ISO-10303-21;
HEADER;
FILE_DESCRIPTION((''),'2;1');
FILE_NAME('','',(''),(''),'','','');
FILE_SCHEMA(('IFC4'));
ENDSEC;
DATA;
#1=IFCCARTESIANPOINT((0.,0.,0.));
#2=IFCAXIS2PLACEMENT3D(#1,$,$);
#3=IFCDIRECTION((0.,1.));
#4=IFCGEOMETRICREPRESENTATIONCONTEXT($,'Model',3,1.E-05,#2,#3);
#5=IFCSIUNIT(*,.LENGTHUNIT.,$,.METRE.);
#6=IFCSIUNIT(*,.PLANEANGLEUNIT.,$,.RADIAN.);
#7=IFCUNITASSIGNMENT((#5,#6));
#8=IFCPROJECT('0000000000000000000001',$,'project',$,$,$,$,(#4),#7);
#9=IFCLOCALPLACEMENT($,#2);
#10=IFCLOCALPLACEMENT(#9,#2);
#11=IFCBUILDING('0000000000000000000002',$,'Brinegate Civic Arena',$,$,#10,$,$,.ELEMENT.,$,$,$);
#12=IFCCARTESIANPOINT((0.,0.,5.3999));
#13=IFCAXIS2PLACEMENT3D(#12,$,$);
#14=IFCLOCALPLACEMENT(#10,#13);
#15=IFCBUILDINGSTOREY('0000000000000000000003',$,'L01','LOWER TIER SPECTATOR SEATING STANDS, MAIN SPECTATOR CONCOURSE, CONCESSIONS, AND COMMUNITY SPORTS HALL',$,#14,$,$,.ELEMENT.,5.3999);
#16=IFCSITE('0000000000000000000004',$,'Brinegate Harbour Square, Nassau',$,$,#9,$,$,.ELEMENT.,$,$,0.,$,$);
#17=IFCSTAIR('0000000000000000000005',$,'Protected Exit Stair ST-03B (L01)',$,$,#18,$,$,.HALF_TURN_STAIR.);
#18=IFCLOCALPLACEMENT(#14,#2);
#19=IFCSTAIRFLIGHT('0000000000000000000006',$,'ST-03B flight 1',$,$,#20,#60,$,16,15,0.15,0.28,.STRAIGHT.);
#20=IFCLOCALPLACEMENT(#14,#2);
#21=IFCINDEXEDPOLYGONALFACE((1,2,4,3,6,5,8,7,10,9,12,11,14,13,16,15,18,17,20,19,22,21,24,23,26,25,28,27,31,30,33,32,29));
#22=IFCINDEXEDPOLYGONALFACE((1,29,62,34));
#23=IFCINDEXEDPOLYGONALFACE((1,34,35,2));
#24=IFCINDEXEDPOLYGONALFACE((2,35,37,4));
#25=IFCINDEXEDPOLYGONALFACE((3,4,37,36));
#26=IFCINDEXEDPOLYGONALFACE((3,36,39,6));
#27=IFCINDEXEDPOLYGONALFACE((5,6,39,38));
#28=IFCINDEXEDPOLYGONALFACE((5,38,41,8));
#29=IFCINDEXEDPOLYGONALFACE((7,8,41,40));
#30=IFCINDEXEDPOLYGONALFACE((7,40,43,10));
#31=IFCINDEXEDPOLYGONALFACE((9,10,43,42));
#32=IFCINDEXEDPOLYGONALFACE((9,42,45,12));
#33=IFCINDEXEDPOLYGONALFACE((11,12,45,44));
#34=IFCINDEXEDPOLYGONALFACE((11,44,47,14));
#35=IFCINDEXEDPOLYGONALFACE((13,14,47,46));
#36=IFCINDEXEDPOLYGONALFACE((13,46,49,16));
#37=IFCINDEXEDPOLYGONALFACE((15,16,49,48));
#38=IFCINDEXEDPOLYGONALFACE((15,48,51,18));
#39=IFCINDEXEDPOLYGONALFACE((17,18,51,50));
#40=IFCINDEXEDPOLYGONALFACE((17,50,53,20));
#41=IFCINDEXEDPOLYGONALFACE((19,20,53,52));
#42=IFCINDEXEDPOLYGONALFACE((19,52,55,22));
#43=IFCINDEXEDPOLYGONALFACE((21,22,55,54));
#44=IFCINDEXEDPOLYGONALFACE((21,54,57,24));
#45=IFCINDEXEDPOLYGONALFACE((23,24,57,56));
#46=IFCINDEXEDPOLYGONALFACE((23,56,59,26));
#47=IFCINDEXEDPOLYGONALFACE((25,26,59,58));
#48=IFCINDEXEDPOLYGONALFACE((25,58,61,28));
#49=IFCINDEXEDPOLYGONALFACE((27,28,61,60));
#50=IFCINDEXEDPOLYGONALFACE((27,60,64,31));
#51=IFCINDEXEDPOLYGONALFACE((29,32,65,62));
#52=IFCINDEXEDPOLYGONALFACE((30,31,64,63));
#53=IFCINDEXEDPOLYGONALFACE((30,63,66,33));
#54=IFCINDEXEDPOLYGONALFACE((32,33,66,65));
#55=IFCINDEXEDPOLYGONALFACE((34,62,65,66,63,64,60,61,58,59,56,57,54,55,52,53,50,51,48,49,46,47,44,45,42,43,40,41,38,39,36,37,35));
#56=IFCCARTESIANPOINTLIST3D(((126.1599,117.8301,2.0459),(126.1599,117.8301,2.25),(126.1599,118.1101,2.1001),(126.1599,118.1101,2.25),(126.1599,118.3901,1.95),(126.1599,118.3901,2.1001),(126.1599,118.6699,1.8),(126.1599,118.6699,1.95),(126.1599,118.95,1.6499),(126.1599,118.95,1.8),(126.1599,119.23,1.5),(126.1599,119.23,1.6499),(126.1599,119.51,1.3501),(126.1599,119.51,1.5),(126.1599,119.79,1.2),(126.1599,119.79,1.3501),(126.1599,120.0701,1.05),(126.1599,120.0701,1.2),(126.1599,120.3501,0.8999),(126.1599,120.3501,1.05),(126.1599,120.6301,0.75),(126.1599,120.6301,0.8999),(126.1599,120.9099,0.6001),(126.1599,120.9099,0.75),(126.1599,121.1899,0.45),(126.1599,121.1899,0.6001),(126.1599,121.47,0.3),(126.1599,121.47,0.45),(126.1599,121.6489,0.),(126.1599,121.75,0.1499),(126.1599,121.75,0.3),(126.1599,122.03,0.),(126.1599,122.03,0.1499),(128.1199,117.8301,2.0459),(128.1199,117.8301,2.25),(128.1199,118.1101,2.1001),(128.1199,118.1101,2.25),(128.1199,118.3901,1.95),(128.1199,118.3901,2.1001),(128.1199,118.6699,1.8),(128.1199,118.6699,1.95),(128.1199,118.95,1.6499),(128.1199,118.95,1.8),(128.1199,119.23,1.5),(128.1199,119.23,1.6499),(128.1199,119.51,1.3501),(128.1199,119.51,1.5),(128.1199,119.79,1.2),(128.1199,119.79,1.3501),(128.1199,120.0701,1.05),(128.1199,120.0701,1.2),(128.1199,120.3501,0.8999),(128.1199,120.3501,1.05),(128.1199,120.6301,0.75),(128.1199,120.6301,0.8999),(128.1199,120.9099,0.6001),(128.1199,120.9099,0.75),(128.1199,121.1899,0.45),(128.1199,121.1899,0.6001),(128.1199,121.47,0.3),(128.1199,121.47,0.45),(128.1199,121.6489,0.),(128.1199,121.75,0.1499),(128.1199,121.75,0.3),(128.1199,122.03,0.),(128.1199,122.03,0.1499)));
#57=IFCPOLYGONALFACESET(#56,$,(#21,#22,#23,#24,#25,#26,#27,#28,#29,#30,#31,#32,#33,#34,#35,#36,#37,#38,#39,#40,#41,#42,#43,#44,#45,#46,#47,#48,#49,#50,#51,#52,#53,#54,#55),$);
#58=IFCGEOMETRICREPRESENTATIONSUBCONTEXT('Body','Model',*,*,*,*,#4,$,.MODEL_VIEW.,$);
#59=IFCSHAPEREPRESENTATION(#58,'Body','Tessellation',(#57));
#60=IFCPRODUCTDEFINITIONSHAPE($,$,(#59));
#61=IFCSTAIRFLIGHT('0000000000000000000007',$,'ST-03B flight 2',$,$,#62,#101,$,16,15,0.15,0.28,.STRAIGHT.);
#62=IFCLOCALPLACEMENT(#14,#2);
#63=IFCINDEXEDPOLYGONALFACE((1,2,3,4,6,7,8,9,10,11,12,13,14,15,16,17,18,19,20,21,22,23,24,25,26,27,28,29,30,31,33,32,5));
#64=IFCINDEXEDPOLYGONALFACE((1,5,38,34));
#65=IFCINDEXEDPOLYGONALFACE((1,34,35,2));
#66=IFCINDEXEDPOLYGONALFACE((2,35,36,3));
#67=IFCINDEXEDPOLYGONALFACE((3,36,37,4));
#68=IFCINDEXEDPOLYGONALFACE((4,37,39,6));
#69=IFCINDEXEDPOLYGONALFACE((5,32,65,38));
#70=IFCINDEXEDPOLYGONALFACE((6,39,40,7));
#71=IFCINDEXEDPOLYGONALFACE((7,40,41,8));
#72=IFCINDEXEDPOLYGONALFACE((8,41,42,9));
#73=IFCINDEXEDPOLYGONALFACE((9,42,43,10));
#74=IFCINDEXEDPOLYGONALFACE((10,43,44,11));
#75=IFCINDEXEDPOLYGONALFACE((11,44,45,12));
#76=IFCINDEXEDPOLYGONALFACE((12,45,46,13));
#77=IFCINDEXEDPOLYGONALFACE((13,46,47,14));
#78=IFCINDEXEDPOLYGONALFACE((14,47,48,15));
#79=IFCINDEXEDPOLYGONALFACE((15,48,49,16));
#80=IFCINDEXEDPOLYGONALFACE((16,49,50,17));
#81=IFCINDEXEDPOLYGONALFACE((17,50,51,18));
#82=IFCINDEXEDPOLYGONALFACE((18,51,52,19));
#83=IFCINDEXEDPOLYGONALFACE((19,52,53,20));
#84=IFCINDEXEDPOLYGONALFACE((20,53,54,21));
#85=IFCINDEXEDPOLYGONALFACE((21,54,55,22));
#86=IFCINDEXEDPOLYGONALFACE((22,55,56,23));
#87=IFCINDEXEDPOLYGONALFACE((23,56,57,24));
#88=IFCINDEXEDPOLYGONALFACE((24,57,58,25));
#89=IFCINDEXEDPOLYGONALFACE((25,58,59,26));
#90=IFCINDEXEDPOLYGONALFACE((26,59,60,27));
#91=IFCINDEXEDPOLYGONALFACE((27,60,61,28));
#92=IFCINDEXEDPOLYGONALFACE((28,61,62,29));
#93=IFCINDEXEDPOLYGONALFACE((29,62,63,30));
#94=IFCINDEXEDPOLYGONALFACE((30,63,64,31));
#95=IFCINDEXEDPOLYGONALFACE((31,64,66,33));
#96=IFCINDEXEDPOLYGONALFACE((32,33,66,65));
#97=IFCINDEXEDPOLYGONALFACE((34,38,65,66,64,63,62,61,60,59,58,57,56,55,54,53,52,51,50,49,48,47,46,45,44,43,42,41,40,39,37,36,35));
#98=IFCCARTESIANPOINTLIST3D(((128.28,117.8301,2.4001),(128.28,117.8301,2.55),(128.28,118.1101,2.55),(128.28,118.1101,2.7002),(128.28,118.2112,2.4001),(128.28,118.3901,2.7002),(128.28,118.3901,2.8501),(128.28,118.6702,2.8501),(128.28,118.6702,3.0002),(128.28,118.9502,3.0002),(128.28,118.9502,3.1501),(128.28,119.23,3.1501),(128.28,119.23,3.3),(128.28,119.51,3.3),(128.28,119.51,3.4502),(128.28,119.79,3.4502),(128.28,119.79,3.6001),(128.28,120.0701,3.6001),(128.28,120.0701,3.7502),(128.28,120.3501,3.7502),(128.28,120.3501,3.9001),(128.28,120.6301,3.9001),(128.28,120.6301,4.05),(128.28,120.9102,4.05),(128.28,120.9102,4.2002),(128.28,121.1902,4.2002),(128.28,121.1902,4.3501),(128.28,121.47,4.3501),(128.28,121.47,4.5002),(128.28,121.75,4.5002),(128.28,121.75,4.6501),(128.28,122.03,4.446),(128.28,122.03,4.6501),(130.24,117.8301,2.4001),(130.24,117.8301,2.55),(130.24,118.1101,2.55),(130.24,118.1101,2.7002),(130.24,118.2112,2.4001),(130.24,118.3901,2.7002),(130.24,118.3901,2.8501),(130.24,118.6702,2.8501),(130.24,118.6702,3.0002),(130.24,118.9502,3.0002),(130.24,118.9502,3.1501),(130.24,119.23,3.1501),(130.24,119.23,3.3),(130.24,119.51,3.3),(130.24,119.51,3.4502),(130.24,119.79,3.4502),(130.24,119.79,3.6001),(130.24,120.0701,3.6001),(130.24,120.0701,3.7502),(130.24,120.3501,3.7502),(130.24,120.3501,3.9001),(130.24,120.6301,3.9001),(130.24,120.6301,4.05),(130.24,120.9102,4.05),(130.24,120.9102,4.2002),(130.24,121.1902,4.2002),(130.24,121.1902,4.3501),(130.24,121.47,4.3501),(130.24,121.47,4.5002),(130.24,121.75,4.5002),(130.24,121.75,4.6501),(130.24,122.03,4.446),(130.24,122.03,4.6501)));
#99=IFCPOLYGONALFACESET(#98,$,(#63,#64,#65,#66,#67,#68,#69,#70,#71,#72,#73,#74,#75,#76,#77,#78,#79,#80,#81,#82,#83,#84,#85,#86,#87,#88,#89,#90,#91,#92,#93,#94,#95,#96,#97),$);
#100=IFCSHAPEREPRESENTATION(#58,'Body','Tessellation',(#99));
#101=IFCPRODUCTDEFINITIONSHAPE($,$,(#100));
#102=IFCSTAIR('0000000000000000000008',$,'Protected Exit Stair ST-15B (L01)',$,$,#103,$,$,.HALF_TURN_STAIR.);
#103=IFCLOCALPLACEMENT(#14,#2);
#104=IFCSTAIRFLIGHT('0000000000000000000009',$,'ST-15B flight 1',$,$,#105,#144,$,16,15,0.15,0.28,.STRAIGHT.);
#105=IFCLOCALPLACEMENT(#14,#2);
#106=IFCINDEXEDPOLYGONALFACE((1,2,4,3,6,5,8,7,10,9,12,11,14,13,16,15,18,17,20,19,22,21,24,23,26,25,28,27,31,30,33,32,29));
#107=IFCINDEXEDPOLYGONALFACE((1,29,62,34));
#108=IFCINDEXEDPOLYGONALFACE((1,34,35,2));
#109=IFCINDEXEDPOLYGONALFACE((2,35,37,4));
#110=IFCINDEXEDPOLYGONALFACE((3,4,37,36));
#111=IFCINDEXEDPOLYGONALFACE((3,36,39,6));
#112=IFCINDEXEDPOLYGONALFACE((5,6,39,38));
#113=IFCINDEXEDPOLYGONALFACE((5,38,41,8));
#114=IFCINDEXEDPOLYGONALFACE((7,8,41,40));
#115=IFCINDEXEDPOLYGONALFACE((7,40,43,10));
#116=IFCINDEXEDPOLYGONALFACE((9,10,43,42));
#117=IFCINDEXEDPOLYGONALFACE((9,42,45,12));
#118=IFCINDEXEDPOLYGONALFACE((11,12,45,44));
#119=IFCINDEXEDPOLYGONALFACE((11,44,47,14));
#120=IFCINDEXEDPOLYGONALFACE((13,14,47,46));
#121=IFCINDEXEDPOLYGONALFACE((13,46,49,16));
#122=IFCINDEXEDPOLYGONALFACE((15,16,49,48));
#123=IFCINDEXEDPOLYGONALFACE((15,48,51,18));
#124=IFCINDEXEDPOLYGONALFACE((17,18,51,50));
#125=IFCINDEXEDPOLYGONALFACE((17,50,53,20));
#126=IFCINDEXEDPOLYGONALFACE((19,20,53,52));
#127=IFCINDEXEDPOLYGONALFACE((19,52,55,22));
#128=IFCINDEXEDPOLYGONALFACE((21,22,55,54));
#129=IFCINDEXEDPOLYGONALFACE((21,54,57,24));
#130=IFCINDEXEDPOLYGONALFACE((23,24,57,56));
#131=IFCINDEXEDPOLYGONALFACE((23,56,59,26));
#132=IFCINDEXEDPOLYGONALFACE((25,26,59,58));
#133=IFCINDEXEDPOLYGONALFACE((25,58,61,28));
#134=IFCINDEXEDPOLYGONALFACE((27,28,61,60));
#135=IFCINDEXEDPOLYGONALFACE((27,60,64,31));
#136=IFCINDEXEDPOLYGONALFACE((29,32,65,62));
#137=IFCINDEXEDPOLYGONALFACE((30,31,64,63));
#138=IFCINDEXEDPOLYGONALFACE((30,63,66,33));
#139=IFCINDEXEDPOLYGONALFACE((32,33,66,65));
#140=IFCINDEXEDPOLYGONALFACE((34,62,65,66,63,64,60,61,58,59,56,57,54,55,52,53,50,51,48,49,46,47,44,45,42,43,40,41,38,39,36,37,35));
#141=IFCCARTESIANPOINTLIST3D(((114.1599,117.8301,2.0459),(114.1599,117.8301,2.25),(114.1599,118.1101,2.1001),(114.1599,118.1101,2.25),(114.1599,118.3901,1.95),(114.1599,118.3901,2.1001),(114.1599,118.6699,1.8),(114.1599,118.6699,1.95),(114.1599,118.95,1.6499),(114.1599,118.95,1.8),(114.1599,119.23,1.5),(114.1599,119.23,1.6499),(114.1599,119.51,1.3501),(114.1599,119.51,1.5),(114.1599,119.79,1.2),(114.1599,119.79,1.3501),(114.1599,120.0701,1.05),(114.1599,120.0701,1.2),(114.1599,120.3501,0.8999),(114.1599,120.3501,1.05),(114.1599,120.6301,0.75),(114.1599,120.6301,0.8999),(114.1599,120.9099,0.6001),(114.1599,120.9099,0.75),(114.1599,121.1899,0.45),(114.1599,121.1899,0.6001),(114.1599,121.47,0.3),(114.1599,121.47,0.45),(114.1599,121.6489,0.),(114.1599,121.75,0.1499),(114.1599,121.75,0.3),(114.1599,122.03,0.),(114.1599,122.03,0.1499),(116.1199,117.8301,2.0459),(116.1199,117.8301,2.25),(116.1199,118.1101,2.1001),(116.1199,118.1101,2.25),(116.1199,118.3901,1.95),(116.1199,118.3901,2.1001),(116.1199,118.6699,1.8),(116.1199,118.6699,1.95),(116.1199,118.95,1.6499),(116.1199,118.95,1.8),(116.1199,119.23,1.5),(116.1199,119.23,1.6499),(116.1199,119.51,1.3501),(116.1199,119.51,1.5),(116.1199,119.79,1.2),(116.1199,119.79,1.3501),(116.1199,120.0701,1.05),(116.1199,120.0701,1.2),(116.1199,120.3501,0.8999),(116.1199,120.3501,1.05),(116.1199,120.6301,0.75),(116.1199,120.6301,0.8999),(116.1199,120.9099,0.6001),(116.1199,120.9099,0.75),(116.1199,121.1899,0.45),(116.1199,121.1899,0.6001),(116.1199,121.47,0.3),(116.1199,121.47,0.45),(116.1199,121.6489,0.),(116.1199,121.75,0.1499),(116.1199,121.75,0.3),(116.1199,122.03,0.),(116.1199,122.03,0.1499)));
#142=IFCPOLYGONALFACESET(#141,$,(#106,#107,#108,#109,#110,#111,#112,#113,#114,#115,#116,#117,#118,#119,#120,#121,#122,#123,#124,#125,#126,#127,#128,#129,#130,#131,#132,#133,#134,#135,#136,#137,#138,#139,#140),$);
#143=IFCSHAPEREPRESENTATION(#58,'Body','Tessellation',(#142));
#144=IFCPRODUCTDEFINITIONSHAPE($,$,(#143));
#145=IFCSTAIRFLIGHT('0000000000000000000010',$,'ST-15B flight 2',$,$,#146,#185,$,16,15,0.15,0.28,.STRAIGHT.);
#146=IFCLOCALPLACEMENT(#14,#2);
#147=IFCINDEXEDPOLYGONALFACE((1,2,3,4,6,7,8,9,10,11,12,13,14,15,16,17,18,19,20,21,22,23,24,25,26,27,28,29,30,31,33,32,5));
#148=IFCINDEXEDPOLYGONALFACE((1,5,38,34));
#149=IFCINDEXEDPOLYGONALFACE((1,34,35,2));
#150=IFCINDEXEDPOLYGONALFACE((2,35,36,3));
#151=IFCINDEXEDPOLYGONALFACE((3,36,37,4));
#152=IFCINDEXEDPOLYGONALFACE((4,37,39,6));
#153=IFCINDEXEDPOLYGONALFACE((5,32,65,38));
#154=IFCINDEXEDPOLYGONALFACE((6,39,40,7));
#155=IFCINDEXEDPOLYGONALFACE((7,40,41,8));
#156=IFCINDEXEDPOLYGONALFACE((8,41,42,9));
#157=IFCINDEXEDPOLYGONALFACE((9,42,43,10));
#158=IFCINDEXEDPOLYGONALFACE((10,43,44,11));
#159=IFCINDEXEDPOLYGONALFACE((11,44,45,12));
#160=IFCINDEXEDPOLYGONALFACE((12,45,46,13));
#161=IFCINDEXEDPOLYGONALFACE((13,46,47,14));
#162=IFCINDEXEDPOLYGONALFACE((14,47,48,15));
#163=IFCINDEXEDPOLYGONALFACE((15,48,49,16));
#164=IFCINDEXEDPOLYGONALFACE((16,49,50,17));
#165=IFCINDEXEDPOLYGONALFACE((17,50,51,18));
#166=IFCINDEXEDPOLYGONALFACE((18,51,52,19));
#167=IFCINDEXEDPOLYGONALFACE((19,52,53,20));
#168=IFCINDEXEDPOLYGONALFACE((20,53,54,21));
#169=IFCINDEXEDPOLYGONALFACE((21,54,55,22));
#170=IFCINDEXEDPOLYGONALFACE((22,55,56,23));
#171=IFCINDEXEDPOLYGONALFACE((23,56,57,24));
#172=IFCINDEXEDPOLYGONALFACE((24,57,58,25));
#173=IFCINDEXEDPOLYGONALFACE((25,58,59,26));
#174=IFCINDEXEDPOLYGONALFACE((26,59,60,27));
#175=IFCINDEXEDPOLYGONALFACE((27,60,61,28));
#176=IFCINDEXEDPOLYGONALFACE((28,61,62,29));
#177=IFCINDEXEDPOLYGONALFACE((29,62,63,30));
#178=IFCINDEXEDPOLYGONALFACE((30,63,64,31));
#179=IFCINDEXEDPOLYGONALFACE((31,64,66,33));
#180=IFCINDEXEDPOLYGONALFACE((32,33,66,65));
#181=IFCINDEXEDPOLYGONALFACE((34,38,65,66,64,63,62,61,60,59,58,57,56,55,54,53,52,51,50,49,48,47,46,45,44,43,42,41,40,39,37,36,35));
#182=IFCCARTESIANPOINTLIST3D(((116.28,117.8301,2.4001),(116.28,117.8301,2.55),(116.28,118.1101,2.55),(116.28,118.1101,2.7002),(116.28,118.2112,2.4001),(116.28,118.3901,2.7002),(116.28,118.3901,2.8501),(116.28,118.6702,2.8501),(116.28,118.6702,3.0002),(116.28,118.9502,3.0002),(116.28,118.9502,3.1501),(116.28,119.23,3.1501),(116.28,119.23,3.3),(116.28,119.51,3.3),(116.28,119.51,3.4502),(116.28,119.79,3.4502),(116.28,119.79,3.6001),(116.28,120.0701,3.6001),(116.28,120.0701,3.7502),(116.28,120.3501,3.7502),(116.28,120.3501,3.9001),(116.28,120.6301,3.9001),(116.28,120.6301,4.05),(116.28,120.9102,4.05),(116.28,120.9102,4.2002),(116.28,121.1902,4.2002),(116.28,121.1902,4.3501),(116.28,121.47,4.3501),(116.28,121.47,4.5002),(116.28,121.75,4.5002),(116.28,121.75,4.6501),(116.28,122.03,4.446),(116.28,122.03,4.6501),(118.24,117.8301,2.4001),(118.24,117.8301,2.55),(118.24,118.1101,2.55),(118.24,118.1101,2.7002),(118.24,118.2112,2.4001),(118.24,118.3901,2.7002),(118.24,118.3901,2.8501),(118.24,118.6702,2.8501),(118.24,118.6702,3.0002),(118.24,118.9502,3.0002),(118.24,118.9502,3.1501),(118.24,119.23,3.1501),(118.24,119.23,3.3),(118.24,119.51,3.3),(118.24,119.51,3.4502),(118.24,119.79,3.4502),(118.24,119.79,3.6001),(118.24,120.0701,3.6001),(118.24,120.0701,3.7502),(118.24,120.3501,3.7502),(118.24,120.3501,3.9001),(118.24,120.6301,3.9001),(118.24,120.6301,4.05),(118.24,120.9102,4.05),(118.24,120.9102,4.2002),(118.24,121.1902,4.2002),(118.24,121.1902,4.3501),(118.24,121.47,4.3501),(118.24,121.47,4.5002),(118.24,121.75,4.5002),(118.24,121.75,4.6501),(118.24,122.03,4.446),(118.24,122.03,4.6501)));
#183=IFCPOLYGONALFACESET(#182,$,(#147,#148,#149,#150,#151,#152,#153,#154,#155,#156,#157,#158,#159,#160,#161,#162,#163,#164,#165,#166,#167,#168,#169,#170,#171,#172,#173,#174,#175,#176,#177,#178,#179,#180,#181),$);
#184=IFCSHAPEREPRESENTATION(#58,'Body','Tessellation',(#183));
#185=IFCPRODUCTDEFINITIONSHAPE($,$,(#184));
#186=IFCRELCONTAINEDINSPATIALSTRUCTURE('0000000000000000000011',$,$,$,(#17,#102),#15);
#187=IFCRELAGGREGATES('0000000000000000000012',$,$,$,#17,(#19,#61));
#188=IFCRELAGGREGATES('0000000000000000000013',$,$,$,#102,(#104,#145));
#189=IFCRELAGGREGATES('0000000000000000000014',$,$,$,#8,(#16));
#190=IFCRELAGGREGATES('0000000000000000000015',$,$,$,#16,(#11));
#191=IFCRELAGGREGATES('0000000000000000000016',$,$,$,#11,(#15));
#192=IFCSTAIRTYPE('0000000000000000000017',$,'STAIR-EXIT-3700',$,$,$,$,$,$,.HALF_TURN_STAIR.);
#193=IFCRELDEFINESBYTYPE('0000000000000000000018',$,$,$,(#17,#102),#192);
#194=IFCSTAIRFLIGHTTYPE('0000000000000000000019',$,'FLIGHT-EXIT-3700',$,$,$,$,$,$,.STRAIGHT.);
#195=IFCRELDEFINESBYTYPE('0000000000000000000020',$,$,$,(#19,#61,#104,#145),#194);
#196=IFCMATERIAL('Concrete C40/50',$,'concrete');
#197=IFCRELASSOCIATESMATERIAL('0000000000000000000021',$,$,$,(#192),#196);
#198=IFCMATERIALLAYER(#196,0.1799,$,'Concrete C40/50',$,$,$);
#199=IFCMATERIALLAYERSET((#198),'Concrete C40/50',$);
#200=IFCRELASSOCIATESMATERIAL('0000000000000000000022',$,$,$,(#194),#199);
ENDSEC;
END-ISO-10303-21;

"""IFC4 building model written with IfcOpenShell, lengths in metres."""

from ifc_helpers import new_model, si_unit, direction, frame, origin, place, context, subcontext, project, spatial, polyline, outline, extrude, material, layer, layer_set, type_object, element, aggregate, save


model = new_model("IFC4")

# Units and contexts
model_context = context("Model", 3, precision=1e-05, world=origin(), true_north=direction((0.0, 1.0)))
body_context = subcontext(model_context, "Body", "Model", "MODEL_VIEW")
ifc_project = project(units=[si_unit("LENGTHUNIT", "METRE"), si_unit("PLANEANGLEUNIT", "RADIAN")], contexts=[model_context])

# Site, building, storey
site_placement = place(None, origin())
site = spatial("IfcSite", under=ifc_project, at=site_placement, Name="Brinegate Harbour Square, Nassau", CompositionType="ELEMENT", RefElevation=0.0)
building_placement = place(site_placement, origin())
building = spatial("IfcBuilding", under=site, at=building_placement, Name="Brinegate Civic Arena", CompositionType="ELEMENT")
storey_placement = place(building_placement, frame((0.0, 0.0, 5.3999)))
storey = spatial("IfcBuildingStorey", under=building, at=storey_placement, Name="L01", Description="LOWER TIER SPECTATOR SEATING STANDS, MAIN SPECTATOR CONCOURSE, CONCESSIONS, AND COMMUNITY SPORTS HALL", CompositionType="ELEMENT", Elevation=5.3999)

# Stairs, stair flights
ifc_material_1 = material(Name="Concrete C40/50", Category="concrete")
stair_type_1 = type_object("IfcStairType", Name="STAIR-EXIT-3700", PredefinedType="HALF_TURN_STAIR", material=ifc_material_1)
stair_1_placement = place(storey_placement, origin())
stair_1 = element("IfcStair", 1, at=stair_1_placement, inside=storey, type_object=stair_type_1, Name="Protected Exit Stair ST-03B (L01)", PredefinedType="HALF_TURN_STAIR")
ifc_layer_1 = layer(ifc_material_1, 0.1799, Name="Concrete C40/50")
ifc_layer_set_1 = layer_set([ifc_layer_1], Name="Concrete C40/50")
stair_flight_type_1 = type_object("IfcStairFlightType", Name="FLIGHT-EXIT-3700", PredefinedType="STRAIGHT", material=ifc_layer_set_1)
stair_flight_1_placement = place(storey_placement, frame((127.1399, 122.03, 0.0), z_axis=(0.0, 0.0, 1.0), x_axis=(0.0, -1.0, 0.0)))
stair_flight_1 = element("IfcStairFlight", 2, at=stair_flight_1_placement, type_object=stair_flight_type_1, Name="ST-03B flight 1", NumberOfRisers=16, NumberOfTreads=15, PredefinedType="STRAIGHT", RiserHeight=0.15, TreadLength=0.28, context=body_context, shape_type="SweptSolid", body=[
    extrude(outline(polyline([(0.0, 0.0), (0.0, 0.1499), (0.28, 0.1499), (0.28, 0.3), (0.5601, 0.3), (0.5601, 0.45), (0.8401, 0.45), (0.8401, 0.6001), (1.1201, 0.6001), (1.1201, 0.75), (1.3999, 0.75), (1.3999, 0.8999), (1.6799, 0.8999), (1.6799, 1.05), (1.96, 1.05), (1.96, 1.2), (2.24, 1.2), (2.24, 1.3501), (2.52, 1.3501), (2.52, 1.5), (2.8, 1.5), (2.8, 1.6499), (3.0801, 1.6499), (3.0801, 1.8), (3.3601, 1.8), (3.3601, 1.95), (3.6399, 1.95), (3.6399, 2.1001), (3.9199, 2.1001), (3.9199, 2.25), (4.2, 2.25), (4.2, 2.3999), (4.2, 2.0459), (0.3811, 0.0), (0.0, 0.0)])), frame((0.0, 0.98, 0.0), z_axis=(0.0, -1.0, 0.0), x_axis=(1.0, 0.0, 0.0)), (0.0, 0.0, 1.0), 1.96),
])
stair_flight_2_placement = place(storey_placement, frame((129.26, 117.8301, 2.4001), z_axis=(0.0, 0.0, 1.0), x_axis=(0.0, 1.0, 0.0)))
stair_flight_2 = element("IfcStairFlight", 3, at=stair_flight_2_placement, type_object=stair_flight_type_1, Name="ST-03B flight 2", NumberOfRisers=16, NumberOfTreads=15, PredefinedType="STRAIGHT", RiserHeight=0.15, TreadLength=0.28, context=body_context, shape_type="SweptSolid", body=[
    extrude(outline(polyline([(0.0, 0.0), (0.0, 0.1499), (0.28, 0.1499), (0.28, 0.3), (0.5601, 0.3), (0.5601, 0.45), (0.8401, 0.45), (0.8401, 0.6001), (1.1201, 0.6001), (1.1201, 0.75), (1.3999, 0.75), (1.3999, 0.8999), (1.6799, 0.8999), (1.6799, 1.05), (1.96, 1.05), (1.96, 1.2), (2.24, 1.2), (2.24, 1.3501), (2.52, 1.3501), (2.52, 1.5), (2.8, 1.5), (2.8, 1.6499), (3.0801, 1.6499), (3.0801, 1.8), (3.3601, 1.8), (3.3601, 1.95), (3.6399, 1.95), (3.6399, 2.1001), (3.9199, 2.1001), (3.9199, 2.25), (4.2, 2.25), (4.2, 2.3999), (4.2, 2.0459), (0.3811, 0.0), (0.0, 0.0)])), frame((0.0, 0.98, 0.0), z_axis=(0.0, -1.0, 0.0), x_axis=(1.0, 0.0, 0.0)), (0.0, 0.0, 1.0), 1.96),
])
aggregate(stair_1, [stair_flight_1, stair_flight_2])
stair_2_placement = place(storey_placement, origin())
stair_2 = element("IfcStair", 4, at=stair_2_placement, inside=storey, type_object=stair_type_1, Name="Protected Exit Stair ST-15B (L01)", PredefinedType="HALF_TURN_STAIR")
stair_flight_3_placement = place(storey_placement, frame((115.1399, 122.03, 0.0), z_axis=(0.0, 0.0, 1.0), x_axis=(0.0, -1.0, 0.0)))
stair_flight_3 = element("IfcStairFlight", 5, at=stair_flight_3_placement, type_object=stair_flight_type_1, Name="ST-15B flight 1", NumberOfRisers=16, NumberOfTreads=15, PredefinedType="STRAIGHT", RiserHeight=0.15, TreadLength=0.28, context=body_context, shape_type="SweptSolid", body=[
    extrude(outline(polyline([(0.0, 0.0), (0.0, 0.1499), (0.28, 0.1499), (0.28, 0.3), (0.5601, 0.3), (0.5601, 0.45), (0.8401, 0.45), (0.8401, 0.6001), (1.1201, 0.6001), (1.1201, 0.75), (1.3999, 0.75), (1.3999, 0.8999), (1.6799, 0.8999), (1.6799, 1.05), (1.96, 1.05), (1.96, 1.2), (2.24, 1.2), (2.24, 1.3501), (2.52, 1.3501), (2.52, 1.5), (2.8, 1.5), (2.8, 1.6499), (3.0801, 1.6499), (3.0801, 1.8), (3.3601, 1.8), (3.3601, 1.95), (3.6399, 1.95), (3.6399, 2.1001), (3.9199, 2.1001), (3.9199, 2.25), (4.2, 2.25), (4.2, 2.3999), (4.2, 2.0459), (0.3811, 0.0), (0.0, 0.0)])), frame((0.0, 0.98, 0.0), z_axis=(0.0, -1.0, 0.0), x_axis=(1.0, 0.0, 0.0)), (0.0, 0.0, 1.0), 1.96),
])
stair_flight_4_placement = place(storey_placement, frame((117.26, 117.8301, 2.4001), z_axis=(0.0, 0.0, 1.0), x_axis=(0.0, 1.0, 0.0)))
stair_flight_4 = element("IfcStairFlight", 6, at=stair_flight_4_placement, type_object=stair_flight_type_1, Name="ST-15B flight 2", NumberOfRisers=16, NumberOfTreads=15, PredefinedType="STRAIGHT", RiserHeight=0.15, TreadLength=0.28, context=body_context, shape_type="SweptSolid", body=[
    extrude(outline(polyline([(0.0, 0.0), (0.0, 0.1499), (0.28, 0.1499), (0.28, 0.3), (0.5601, 0.3), (0.5601, 0.45), (0.8401, 0.45), (0.8401, 0.6001), (1.1201, 0.6001), (1.1201, 0.75), (1.3999, 0.75), (1.3999, 0.8999), (1.6799, 0.8999), (1.6799, 1.05), (1.96, 1.05), (1.96, 1.2), (2.24, 1.2), (2.24, 1.3501), (2.52, 1.3501), (2.52, 1.5), (2.8, 1.5), (2.8, 1.6499), (3.0801, 1.6499), (3.0801, 1.8), (3.3601, 1.8), (3.3601, 1.95), (3.6399, 1.95), (3.6399, 2.1001), (3.9199, 2.1001), (3.9199, 2.25), (4.2, 2.25), (4.2, 2.3999), (4.2, 2.0459), (0.3811, 0.0), (0.0, 0.0)])), frame((0.0, 0.98, 0.0), z_axis=(0.0, -1.0, 0.0), x_axis=(1.0, 0.0, 0.0)), (0.0, 0.0, 1.0), 1.96),
])
aggregate(stair_2, [stair_flight_3, stair_flight_4])

save(model, "model.ifc")
